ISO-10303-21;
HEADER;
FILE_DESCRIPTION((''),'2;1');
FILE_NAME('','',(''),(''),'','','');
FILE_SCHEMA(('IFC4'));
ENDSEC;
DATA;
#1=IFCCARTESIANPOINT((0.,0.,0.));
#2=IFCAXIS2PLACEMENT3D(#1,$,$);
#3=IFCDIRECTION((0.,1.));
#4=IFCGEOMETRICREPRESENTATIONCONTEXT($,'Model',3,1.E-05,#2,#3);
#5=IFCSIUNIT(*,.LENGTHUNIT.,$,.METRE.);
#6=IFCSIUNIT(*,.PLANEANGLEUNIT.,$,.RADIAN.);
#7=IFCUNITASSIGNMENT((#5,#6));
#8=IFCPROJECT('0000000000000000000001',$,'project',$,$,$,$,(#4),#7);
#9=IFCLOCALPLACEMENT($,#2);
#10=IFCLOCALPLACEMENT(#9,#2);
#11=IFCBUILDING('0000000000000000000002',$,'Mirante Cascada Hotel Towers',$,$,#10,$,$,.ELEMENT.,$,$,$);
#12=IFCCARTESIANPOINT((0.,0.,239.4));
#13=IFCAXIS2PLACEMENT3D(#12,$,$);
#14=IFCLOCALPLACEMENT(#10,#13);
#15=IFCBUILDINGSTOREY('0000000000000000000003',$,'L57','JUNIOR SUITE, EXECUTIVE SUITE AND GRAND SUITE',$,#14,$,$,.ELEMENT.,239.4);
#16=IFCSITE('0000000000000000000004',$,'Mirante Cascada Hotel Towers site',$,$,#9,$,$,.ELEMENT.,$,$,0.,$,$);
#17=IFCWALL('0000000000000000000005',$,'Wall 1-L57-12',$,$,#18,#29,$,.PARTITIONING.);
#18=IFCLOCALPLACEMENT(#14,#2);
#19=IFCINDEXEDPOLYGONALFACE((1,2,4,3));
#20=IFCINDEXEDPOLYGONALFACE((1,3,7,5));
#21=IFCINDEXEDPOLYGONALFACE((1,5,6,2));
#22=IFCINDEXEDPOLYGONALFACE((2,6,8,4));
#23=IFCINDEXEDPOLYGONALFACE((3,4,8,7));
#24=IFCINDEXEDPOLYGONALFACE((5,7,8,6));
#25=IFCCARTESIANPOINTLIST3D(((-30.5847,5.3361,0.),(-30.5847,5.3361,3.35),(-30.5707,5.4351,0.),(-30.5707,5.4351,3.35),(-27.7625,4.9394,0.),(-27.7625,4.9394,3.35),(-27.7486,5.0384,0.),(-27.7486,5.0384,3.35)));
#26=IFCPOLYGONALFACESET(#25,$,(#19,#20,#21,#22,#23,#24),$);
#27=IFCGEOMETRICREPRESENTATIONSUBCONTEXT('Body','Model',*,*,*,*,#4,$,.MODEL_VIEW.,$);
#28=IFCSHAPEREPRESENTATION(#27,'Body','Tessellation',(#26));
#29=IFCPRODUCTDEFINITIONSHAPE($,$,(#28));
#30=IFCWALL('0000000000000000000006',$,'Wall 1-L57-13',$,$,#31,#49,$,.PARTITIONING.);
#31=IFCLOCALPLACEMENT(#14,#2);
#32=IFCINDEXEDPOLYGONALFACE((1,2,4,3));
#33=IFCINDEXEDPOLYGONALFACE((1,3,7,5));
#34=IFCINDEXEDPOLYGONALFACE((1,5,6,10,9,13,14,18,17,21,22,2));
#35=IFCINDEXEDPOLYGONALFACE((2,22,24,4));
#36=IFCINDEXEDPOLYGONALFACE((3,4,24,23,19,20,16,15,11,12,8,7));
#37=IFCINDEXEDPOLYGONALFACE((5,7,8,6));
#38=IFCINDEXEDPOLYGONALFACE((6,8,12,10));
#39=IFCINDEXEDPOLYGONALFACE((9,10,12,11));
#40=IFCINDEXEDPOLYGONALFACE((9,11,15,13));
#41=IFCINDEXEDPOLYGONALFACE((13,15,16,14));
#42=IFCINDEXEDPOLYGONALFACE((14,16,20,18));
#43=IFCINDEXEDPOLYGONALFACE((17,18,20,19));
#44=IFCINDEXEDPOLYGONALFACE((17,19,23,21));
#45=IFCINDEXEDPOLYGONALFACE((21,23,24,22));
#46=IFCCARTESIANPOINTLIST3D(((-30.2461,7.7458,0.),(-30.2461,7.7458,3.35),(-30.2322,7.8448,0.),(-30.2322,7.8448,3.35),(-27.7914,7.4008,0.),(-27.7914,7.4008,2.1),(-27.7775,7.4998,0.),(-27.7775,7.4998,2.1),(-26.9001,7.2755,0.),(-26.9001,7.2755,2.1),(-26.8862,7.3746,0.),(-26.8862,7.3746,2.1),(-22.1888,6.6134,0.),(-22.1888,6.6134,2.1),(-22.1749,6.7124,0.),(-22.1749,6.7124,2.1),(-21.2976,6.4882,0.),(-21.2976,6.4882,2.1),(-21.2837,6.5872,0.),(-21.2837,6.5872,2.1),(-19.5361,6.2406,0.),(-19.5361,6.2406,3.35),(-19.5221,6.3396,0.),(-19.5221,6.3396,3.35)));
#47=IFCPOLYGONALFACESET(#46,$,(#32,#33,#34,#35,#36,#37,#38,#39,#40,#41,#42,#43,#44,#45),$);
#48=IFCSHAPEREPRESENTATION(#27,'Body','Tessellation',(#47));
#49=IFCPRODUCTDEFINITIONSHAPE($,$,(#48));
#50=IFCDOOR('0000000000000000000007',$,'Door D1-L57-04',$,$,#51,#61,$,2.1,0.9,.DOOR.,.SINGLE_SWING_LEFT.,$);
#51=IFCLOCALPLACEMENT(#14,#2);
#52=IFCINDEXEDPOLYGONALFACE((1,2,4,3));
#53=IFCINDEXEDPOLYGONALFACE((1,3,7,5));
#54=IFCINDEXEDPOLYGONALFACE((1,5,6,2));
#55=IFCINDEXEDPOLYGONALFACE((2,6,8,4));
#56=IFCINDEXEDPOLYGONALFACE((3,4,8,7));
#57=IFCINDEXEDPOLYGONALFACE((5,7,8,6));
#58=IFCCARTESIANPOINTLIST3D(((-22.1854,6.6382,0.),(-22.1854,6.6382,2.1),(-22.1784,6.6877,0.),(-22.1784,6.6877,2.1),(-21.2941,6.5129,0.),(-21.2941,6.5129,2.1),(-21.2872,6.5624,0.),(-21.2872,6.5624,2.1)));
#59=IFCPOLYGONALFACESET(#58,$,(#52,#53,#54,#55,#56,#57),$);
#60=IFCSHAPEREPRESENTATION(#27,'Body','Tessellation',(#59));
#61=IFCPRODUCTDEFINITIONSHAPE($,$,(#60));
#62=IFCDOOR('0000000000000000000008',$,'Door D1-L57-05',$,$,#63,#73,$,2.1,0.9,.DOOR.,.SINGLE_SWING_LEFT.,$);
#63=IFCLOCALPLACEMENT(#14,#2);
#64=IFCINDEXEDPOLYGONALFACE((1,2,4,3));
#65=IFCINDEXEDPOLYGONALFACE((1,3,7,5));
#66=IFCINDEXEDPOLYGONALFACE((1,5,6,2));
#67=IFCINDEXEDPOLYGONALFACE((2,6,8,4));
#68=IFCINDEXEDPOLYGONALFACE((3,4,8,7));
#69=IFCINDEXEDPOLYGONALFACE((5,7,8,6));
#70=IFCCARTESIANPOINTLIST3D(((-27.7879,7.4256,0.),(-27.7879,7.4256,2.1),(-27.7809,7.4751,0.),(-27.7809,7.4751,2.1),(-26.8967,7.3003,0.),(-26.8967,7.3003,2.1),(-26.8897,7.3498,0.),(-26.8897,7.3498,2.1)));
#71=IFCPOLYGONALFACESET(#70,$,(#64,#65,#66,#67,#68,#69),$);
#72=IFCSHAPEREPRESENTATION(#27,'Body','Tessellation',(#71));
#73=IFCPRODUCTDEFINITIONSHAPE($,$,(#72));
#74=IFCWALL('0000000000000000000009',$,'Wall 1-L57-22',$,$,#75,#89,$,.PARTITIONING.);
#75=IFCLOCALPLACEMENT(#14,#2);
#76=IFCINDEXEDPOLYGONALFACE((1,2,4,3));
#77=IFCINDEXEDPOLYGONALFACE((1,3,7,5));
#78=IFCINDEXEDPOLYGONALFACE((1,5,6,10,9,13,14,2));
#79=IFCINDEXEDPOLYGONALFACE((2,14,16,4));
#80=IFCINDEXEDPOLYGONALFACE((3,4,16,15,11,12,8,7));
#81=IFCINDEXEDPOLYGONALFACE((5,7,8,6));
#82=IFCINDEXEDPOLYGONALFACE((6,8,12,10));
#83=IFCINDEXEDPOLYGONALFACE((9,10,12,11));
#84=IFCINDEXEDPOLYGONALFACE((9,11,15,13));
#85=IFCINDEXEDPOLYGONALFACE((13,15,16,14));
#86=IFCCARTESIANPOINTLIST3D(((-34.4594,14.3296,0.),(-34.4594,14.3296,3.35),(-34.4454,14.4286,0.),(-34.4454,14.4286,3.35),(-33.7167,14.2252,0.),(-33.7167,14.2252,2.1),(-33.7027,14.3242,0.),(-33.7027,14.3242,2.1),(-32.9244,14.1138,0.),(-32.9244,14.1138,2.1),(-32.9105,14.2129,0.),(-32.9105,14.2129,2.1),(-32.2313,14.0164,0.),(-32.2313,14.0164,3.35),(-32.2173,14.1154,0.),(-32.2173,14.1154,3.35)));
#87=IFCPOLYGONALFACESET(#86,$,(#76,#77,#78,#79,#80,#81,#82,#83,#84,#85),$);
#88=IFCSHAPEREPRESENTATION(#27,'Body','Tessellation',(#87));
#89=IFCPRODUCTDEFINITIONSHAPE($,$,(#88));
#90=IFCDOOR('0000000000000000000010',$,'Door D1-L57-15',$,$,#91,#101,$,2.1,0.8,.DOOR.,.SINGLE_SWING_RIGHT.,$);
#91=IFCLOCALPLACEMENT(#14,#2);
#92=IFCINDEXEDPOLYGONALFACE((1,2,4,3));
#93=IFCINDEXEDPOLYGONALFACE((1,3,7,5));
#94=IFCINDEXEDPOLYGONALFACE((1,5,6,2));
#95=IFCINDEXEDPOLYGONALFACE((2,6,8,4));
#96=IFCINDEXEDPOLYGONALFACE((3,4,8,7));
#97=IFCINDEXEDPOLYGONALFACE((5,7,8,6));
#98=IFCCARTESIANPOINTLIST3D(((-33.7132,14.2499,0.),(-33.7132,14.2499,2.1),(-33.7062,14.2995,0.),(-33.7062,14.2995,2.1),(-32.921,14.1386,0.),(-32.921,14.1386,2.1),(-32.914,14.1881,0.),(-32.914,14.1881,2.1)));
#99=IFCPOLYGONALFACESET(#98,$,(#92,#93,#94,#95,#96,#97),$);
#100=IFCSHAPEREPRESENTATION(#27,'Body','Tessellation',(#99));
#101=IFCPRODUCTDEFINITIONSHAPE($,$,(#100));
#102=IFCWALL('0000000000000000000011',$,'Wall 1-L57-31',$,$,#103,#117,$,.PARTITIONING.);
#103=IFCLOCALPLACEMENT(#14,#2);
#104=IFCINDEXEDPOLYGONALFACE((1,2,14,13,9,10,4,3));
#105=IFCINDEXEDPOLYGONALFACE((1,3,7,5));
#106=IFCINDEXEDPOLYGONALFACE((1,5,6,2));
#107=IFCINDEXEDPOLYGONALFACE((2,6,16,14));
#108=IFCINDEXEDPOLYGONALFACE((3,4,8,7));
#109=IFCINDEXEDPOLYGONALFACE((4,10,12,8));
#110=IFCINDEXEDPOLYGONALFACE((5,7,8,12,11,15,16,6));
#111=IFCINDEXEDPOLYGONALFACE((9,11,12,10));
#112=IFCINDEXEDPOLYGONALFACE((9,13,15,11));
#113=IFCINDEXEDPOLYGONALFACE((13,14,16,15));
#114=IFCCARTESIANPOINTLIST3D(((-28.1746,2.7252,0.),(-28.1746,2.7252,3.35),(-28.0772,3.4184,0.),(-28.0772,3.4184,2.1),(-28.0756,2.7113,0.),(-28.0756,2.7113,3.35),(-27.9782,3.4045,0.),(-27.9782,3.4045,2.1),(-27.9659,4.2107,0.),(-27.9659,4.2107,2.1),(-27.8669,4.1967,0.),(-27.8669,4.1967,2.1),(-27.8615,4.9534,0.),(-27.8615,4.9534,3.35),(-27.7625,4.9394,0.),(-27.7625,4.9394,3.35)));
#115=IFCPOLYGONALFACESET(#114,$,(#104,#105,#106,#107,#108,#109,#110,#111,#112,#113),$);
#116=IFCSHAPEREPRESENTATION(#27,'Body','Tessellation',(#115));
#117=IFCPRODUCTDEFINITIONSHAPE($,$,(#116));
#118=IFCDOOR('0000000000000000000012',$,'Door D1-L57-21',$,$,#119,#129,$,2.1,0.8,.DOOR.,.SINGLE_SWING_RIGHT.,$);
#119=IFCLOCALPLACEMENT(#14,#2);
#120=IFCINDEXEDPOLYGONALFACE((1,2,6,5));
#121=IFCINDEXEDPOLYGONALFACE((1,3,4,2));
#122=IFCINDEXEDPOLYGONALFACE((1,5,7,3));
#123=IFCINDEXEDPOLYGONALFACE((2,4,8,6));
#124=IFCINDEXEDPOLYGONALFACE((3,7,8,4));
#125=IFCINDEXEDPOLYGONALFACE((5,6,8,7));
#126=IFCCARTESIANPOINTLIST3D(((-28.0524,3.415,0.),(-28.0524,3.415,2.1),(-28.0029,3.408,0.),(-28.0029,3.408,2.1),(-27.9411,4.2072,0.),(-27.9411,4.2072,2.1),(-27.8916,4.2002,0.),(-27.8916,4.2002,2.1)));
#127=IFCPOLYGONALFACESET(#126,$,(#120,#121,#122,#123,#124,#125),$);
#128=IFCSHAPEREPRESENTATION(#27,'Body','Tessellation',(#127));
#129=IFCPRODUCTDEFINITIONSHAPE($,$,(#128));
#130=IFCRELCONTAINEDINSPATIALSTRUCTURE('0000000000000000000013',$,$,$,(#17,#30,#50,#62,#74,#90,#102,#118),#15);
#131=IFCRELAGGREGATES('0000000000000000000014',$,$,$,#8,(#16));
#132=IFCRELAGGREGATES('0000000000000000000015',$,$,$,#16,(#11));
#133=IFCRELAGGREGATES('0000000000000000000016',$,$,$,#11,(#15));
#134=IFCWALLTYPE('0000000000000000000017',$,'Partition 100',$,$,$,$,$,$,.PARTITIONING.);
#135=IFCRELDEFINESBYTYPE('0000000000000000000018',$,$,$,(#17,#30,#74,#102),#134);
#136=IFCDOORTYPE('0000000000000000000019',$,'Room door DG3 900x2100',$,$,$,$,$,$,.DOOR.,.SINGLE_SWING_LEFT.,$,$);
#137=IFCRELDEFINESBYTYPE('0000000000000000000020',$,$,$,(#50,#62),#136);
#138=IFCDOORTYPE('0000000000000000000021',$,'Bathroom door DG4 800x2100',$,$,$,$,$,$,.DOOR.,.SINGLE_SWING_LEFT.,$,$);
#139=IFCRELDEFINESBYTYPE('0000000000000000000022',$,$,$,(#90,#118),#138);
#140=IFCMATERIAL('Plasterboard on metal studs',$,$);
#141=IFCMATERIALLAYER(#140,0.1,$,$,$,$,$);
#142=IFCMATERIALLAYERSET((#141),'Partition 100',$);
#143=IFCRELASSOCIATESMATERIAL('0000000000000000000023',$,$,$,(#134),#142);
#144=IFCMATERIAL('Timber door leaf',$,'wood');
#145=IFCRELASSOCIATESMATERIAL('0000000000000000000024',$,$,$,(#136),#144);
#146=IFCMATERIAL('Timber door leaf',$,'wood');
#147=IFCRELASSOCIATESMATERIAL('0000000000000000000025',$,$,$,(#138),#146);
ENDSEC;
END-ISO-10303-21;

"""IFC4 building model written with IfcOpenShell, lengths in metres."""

from ifc_helpers import new_model, si_unit, direction, frame, frame_2d, origin, place, context, subcontext, project, spatial, rectangle, extrude, material, layer, layer_set, type_object, element, fill, save


model = new_model("IFC4")

# Units and contexts
model_context = context("Model", 3, precision=1e-05, world=origin(), true_north=direction((0.0, 1.0)))
body_context = subcontext(model_context, "Body", "Model", "MODEL_VIEW")
ifc_project = project(units=[si_unit("LENGTHUNIT", "METRE"), si_unit("PLANEANGLEUNIT", "RADIAN")], contexts=[model_context])

# Site, building, storey
site_placement = place(None, origin())
site = spatial("IfcSite", under=ifc_project, at=site_placement, Name="Mirante Cascada Hotel Towers site", CompositionType="ELEMENT", RefElevation=0.0)
building_placement = place(site_placement, origin())
building = spatial("IfcBuilding", under=site, at=building_placement, Name="Mirante Cascada Hotel Towers", CompositionType="ELEMENT")
storey_placement = place(building_placement, frame((0.0, 0.0, 239.4)))
storey = spatial("IfcBuildingStorey", under=building, at=storey_placement, Name="L57", Description="JUNIOR SUITE, EXECUTIVE SUITE AND GRAND SUITE", CompositionType="ELEMENT", Elevation=239.4)

# Wall
ifc_material_1 = material(Name="Plasterboard on metal studs")
ifc_layer_1 = layer(ifc_material_1, 0.1)
ifc_layer_set_1 = layer_set([ifc_layer_1], Name="Partition 100")
wall_type_1 = type_object("IfcWallType", Name="Partition 100", PredefinedType="PARTITIONING", material=ifc_layer_set_1)
wall_1_placement = place(storey_placement, frame((-27.7555, 4.9889, 0.0), z_axis=(0.0, 0.0, 1.0), x_axis=(-0.990265, 0.139196, 0.0)))
element("IfcWall", 1, at=wall_1_placement, inside=storey, type_object=wall_type_1, Name="Wall 1-L57-12", PredefinedType="PARTITIONING", context=body_context, shape_type="SweptSolid", body=[
    extrude(rectangle(XDim=2.8499, YDim=0.1, at=frame_2d((1.425, 0.0))), origin(), (0.0, 0.0, 1.0), 3.35),
])

# Wall, openings, doors
wall_2_placement = place(storey_placement, frame((-30.2391, 7.7953, 0.0), z_axis=(0.0, 0.0, 1.0), x_axis=(0.990268, -0.139174, 0.0)))
wall_2 = element("IfcWall", 2, at=wall_2_placement, inside=storey, type_object=wall_type_1, Name="Wall 1-L57-13", PredefinedType="PARTITIONING", context=body_context, shape_type="SweptSolid", body=[
    extrude(rectangle(XDim=10.8153, YDim=0.1, at=frame_2d((5.4076, 0.0))), origin(), (0.0, 0.0, 1.0), 3.35),
])
opening_1_placement = place(wall_2_placement, frame((8.1364, 0.0, 0.0)))
opening_1 = element("IfcOpeningElement", 3, at=opening_1_placement, cuts=wall_2, PredefinedType="OPENING", context=body_context, shape_type="SweptSolid", body=[
    extrude(rectangle(XDim=0.9, YDim=2.1, at=frame_2d((0.45, 1.05))), frame((0.0, 0.05, 0.0), z_axis=(0.0, -1.0, 0.0), x_axis=(1.0, 0.0, 0.0)), (0.0, 0.0, 1.0), 0.1),
])
opening_2_placement = place(wall_2_placement, frame((2.4788, 0.0, 0.0)))
opening_2 = element("IfcOpeningElement", 4, at=opening_2_placement, cuts=wall_2, PredefinedType="OPENING", context=body_context, shape_type="SweptSolid", body=[
    extrude(rectangle(XDim=0.9, YDim=2.1, at=frame_2d((0.45, 1.05))), frame((0.0, 0.05, 0.0), z_axis=(0.0, -1.0, 0.0), x_axis=(1.0, 0.0, 0.0)), (0.0, 0.0, 1.0), 0.1),
])
ifc_material_2 = material(Name="Timber door leaf", Category="wood")
door_type_1 = type_object("IfcDoorType", Name="Room door DG3 900x2100", OperationType="SINGLE_SWING_LEFT", PredefinedType="DOOR", material=ifc_material_2)
door_1_placement = place(opening_1_placement, origin())
door_1 = element("IfcDoor", 5, at=door_1_placement, inside=storey, type_object=door_type_1, Name="Door D1-L57-04", OperationType="SINGLE_SWING_LEFT", OverallHeight=2.1, OverallWidth=0.9, PredefinedType="DOOR", context=body_context, shape_type="SweptSolid", body=[
    extrude(rectangle(XDim=0.9, YDim=2.1, at=frame_2d((0.45, 1.05))), frame((0.0, 0.025, 0.0), z_axis=(0.0, -1.0, 0.0), x_axis=(1.0, 0.0, 0.0)), (0.0, 0.0, 1.0), 0.05),
])
fill(opening_1, door_1)
door_2_placement = place(opening_2_placement, origin())
door_2 = element("IfcDoor", 6, at=door_2_placement, inside=storey, type_object=door_type_1, Name="Door D1-L57-05", OperationType="SINGLE_SWING_LEFT", OverallHeight=2.1, OverallWidth=0.9, PredefinedType="DOOR", context=body_context, shape_type="SweptSolid", body=[
    extrude(rectangle(XDim=0.9, YDim=2.1, at=frame_2d((0.45, 1.05))), frame((0.0, 0.025, 0.0), z_axis=(0.0, -1.0, 0.0), x_axis=(1.0, 0.0, 0.0)), (0.0, 0.0, 1.0), 0.05),
])
fill(opening_2, door_2)

# Walls, openings, doors
wall_3_placement = place(storey_placement, frame((-32.2243, 14.0659, 0.0), z_axis=(0.0, 0.0, 1.0), x_axis=(-0.990264, 0.1392, 0.0)))
wall_3 = element("IfcWall", 7, at=wall_3_placement, inside=storey, type_object=wall_type_1, Name="Wall 1-L57-22", PredefinedType="PARTITIONING", context=body_context, shape_type="SweptSolid", body=[
    extrude(rectangle(XDim=2.25, YDim=0.1, at=frame_2d((1.125, 0.0))), origin(), (0.0, 0.0, 1.0), 3.35),
])
opening_3_placement = place(wall_3_placement, frame((0.7, 0.0, 0.0)))
opening_3 = element("IfcOpeningElement", 8, at=opening_3_placement, cuts=wall_3, PredefinedType="OPENING", context=body_context, shape_type="SweptSolid", body=[
    extrude(rectangle(XDim=0.8, YDim=2.1, at=frame_2d((0.4, 1.05))), frame((0.0, 0.05, 0.0), z_axis=(0.0, -1.0, 0.0), x_axis=(1.0, 0.0, 0.0)), (0.0, 0.0, 1.0), 0.1),
])
ifc_material_3 = material(Name="Timber door leaf", Category="wood")
door_type_2 = type_object("IfcDoorType", Name="Bathroom door DG4 800x2100", OperationType="SINGLE_SWING_LEFT", PredefinedType="DOOR", material=ifc_material_3)
door_3_placement = place(opening_3_placement, frame((0.8, 0.0, 0.0), z_axis=(0.0, 0.0, 1.0), x_axis=(-1.0, 0.0, 0.0)))
door_3 = element("IfcDoor", 9, at=door_3_placement, inside=storey, type_object=door_type_2, Name="Door D1-L57-15", OperationType="SINGLE_SWING_RIGHT", OverallHeight=2.1, OverallWidth=0.8, PredefinedType="DOOR", context=body_context, shape_type="SweptSolid", body=[
    extrude(rectangle(XDim=0.8, YDim=2.1, at=frame_2d((0.4, 1.05))), frame((0.0, 0.025, 0.0), z_axis=(0.0, -1.0, 0.0), x_axis=(1.0, 0.0, 0.0)), (0.0, 0.0, 1.0), 0.05),
])
fill(opening_3, door_3)
wall_4_placement = place(storey_placement, frame((-27.812, 4.9464, 0.0), z_axis=(0.0, 0.0, 1.0), x_axis=(-0.139156, -0.990271, 0.0)))
wall_4 = element("IfcWall", 10, at=wall_4_placement, inside=storey, type_object=wall_type_1, Name="Wall 1-L57-31", PredefinedType="PARTITIONING", context=body_context, shape_type="SweptSolid", body=[
    extrude(rectangle(XDim=2.25, YDim=0.1, at=frame_2d((1.125, 0.0))), origin(), (0.0, 0.0, 1.0), 3.35),
])
opening_4_placement = place(wall_4_placement, frame((0.75, 0.0, 0.0)))
opening_4 = element("IfcOpeningElement", 11, at=opening_4_placement, cuts=wall_4, PredefinedType="OPENING", context=body_context, shape_type="SweptSolid", body=[
    extrude(rectangle(XDim=0.8, YDim=2.1, at=frame_2d((0.4, 1.05))), frame((0.0, 0.05, 0.0), z_axis=(0.0, -1.0, 0.0), x_axis=(1.0, 0.0, 0.0)), (0.0, 0.0, 1.0), 0.1),
])
door_4_placement = place(opening_4_placement, frame((0.8, 0.0, 0.0), z_axis=(0.0, 0.0, 1.0), x_axis=(-1.0, 0.0, 0.0)))
door_4 = element("IfcDoor", 12, at=door_4_placement, inside=storey, type_object=door_type_2, Name="Door D1-L57-21", OperationType="SINGLE_SWING_RIGHT", OverallHeight=2.1, OverallWidth=0.8, PredefinedType="DOOR", context=body_context, shape_type="SweptSolid", body=[
    extrude(rectangle(XDim=0.8, YDim=2.1, at=frame_2d((0.4, 1.05))), frame((0.0, 0.025, 0.0), z_axis=(0.0, -1.0, 0.0), x_axis=(1.0, 0.0, 0.0)), (0.0, 0.0, 1.0), 0.05),
])
fill(opening_4, door_4)

save(model, "model.ifc")
